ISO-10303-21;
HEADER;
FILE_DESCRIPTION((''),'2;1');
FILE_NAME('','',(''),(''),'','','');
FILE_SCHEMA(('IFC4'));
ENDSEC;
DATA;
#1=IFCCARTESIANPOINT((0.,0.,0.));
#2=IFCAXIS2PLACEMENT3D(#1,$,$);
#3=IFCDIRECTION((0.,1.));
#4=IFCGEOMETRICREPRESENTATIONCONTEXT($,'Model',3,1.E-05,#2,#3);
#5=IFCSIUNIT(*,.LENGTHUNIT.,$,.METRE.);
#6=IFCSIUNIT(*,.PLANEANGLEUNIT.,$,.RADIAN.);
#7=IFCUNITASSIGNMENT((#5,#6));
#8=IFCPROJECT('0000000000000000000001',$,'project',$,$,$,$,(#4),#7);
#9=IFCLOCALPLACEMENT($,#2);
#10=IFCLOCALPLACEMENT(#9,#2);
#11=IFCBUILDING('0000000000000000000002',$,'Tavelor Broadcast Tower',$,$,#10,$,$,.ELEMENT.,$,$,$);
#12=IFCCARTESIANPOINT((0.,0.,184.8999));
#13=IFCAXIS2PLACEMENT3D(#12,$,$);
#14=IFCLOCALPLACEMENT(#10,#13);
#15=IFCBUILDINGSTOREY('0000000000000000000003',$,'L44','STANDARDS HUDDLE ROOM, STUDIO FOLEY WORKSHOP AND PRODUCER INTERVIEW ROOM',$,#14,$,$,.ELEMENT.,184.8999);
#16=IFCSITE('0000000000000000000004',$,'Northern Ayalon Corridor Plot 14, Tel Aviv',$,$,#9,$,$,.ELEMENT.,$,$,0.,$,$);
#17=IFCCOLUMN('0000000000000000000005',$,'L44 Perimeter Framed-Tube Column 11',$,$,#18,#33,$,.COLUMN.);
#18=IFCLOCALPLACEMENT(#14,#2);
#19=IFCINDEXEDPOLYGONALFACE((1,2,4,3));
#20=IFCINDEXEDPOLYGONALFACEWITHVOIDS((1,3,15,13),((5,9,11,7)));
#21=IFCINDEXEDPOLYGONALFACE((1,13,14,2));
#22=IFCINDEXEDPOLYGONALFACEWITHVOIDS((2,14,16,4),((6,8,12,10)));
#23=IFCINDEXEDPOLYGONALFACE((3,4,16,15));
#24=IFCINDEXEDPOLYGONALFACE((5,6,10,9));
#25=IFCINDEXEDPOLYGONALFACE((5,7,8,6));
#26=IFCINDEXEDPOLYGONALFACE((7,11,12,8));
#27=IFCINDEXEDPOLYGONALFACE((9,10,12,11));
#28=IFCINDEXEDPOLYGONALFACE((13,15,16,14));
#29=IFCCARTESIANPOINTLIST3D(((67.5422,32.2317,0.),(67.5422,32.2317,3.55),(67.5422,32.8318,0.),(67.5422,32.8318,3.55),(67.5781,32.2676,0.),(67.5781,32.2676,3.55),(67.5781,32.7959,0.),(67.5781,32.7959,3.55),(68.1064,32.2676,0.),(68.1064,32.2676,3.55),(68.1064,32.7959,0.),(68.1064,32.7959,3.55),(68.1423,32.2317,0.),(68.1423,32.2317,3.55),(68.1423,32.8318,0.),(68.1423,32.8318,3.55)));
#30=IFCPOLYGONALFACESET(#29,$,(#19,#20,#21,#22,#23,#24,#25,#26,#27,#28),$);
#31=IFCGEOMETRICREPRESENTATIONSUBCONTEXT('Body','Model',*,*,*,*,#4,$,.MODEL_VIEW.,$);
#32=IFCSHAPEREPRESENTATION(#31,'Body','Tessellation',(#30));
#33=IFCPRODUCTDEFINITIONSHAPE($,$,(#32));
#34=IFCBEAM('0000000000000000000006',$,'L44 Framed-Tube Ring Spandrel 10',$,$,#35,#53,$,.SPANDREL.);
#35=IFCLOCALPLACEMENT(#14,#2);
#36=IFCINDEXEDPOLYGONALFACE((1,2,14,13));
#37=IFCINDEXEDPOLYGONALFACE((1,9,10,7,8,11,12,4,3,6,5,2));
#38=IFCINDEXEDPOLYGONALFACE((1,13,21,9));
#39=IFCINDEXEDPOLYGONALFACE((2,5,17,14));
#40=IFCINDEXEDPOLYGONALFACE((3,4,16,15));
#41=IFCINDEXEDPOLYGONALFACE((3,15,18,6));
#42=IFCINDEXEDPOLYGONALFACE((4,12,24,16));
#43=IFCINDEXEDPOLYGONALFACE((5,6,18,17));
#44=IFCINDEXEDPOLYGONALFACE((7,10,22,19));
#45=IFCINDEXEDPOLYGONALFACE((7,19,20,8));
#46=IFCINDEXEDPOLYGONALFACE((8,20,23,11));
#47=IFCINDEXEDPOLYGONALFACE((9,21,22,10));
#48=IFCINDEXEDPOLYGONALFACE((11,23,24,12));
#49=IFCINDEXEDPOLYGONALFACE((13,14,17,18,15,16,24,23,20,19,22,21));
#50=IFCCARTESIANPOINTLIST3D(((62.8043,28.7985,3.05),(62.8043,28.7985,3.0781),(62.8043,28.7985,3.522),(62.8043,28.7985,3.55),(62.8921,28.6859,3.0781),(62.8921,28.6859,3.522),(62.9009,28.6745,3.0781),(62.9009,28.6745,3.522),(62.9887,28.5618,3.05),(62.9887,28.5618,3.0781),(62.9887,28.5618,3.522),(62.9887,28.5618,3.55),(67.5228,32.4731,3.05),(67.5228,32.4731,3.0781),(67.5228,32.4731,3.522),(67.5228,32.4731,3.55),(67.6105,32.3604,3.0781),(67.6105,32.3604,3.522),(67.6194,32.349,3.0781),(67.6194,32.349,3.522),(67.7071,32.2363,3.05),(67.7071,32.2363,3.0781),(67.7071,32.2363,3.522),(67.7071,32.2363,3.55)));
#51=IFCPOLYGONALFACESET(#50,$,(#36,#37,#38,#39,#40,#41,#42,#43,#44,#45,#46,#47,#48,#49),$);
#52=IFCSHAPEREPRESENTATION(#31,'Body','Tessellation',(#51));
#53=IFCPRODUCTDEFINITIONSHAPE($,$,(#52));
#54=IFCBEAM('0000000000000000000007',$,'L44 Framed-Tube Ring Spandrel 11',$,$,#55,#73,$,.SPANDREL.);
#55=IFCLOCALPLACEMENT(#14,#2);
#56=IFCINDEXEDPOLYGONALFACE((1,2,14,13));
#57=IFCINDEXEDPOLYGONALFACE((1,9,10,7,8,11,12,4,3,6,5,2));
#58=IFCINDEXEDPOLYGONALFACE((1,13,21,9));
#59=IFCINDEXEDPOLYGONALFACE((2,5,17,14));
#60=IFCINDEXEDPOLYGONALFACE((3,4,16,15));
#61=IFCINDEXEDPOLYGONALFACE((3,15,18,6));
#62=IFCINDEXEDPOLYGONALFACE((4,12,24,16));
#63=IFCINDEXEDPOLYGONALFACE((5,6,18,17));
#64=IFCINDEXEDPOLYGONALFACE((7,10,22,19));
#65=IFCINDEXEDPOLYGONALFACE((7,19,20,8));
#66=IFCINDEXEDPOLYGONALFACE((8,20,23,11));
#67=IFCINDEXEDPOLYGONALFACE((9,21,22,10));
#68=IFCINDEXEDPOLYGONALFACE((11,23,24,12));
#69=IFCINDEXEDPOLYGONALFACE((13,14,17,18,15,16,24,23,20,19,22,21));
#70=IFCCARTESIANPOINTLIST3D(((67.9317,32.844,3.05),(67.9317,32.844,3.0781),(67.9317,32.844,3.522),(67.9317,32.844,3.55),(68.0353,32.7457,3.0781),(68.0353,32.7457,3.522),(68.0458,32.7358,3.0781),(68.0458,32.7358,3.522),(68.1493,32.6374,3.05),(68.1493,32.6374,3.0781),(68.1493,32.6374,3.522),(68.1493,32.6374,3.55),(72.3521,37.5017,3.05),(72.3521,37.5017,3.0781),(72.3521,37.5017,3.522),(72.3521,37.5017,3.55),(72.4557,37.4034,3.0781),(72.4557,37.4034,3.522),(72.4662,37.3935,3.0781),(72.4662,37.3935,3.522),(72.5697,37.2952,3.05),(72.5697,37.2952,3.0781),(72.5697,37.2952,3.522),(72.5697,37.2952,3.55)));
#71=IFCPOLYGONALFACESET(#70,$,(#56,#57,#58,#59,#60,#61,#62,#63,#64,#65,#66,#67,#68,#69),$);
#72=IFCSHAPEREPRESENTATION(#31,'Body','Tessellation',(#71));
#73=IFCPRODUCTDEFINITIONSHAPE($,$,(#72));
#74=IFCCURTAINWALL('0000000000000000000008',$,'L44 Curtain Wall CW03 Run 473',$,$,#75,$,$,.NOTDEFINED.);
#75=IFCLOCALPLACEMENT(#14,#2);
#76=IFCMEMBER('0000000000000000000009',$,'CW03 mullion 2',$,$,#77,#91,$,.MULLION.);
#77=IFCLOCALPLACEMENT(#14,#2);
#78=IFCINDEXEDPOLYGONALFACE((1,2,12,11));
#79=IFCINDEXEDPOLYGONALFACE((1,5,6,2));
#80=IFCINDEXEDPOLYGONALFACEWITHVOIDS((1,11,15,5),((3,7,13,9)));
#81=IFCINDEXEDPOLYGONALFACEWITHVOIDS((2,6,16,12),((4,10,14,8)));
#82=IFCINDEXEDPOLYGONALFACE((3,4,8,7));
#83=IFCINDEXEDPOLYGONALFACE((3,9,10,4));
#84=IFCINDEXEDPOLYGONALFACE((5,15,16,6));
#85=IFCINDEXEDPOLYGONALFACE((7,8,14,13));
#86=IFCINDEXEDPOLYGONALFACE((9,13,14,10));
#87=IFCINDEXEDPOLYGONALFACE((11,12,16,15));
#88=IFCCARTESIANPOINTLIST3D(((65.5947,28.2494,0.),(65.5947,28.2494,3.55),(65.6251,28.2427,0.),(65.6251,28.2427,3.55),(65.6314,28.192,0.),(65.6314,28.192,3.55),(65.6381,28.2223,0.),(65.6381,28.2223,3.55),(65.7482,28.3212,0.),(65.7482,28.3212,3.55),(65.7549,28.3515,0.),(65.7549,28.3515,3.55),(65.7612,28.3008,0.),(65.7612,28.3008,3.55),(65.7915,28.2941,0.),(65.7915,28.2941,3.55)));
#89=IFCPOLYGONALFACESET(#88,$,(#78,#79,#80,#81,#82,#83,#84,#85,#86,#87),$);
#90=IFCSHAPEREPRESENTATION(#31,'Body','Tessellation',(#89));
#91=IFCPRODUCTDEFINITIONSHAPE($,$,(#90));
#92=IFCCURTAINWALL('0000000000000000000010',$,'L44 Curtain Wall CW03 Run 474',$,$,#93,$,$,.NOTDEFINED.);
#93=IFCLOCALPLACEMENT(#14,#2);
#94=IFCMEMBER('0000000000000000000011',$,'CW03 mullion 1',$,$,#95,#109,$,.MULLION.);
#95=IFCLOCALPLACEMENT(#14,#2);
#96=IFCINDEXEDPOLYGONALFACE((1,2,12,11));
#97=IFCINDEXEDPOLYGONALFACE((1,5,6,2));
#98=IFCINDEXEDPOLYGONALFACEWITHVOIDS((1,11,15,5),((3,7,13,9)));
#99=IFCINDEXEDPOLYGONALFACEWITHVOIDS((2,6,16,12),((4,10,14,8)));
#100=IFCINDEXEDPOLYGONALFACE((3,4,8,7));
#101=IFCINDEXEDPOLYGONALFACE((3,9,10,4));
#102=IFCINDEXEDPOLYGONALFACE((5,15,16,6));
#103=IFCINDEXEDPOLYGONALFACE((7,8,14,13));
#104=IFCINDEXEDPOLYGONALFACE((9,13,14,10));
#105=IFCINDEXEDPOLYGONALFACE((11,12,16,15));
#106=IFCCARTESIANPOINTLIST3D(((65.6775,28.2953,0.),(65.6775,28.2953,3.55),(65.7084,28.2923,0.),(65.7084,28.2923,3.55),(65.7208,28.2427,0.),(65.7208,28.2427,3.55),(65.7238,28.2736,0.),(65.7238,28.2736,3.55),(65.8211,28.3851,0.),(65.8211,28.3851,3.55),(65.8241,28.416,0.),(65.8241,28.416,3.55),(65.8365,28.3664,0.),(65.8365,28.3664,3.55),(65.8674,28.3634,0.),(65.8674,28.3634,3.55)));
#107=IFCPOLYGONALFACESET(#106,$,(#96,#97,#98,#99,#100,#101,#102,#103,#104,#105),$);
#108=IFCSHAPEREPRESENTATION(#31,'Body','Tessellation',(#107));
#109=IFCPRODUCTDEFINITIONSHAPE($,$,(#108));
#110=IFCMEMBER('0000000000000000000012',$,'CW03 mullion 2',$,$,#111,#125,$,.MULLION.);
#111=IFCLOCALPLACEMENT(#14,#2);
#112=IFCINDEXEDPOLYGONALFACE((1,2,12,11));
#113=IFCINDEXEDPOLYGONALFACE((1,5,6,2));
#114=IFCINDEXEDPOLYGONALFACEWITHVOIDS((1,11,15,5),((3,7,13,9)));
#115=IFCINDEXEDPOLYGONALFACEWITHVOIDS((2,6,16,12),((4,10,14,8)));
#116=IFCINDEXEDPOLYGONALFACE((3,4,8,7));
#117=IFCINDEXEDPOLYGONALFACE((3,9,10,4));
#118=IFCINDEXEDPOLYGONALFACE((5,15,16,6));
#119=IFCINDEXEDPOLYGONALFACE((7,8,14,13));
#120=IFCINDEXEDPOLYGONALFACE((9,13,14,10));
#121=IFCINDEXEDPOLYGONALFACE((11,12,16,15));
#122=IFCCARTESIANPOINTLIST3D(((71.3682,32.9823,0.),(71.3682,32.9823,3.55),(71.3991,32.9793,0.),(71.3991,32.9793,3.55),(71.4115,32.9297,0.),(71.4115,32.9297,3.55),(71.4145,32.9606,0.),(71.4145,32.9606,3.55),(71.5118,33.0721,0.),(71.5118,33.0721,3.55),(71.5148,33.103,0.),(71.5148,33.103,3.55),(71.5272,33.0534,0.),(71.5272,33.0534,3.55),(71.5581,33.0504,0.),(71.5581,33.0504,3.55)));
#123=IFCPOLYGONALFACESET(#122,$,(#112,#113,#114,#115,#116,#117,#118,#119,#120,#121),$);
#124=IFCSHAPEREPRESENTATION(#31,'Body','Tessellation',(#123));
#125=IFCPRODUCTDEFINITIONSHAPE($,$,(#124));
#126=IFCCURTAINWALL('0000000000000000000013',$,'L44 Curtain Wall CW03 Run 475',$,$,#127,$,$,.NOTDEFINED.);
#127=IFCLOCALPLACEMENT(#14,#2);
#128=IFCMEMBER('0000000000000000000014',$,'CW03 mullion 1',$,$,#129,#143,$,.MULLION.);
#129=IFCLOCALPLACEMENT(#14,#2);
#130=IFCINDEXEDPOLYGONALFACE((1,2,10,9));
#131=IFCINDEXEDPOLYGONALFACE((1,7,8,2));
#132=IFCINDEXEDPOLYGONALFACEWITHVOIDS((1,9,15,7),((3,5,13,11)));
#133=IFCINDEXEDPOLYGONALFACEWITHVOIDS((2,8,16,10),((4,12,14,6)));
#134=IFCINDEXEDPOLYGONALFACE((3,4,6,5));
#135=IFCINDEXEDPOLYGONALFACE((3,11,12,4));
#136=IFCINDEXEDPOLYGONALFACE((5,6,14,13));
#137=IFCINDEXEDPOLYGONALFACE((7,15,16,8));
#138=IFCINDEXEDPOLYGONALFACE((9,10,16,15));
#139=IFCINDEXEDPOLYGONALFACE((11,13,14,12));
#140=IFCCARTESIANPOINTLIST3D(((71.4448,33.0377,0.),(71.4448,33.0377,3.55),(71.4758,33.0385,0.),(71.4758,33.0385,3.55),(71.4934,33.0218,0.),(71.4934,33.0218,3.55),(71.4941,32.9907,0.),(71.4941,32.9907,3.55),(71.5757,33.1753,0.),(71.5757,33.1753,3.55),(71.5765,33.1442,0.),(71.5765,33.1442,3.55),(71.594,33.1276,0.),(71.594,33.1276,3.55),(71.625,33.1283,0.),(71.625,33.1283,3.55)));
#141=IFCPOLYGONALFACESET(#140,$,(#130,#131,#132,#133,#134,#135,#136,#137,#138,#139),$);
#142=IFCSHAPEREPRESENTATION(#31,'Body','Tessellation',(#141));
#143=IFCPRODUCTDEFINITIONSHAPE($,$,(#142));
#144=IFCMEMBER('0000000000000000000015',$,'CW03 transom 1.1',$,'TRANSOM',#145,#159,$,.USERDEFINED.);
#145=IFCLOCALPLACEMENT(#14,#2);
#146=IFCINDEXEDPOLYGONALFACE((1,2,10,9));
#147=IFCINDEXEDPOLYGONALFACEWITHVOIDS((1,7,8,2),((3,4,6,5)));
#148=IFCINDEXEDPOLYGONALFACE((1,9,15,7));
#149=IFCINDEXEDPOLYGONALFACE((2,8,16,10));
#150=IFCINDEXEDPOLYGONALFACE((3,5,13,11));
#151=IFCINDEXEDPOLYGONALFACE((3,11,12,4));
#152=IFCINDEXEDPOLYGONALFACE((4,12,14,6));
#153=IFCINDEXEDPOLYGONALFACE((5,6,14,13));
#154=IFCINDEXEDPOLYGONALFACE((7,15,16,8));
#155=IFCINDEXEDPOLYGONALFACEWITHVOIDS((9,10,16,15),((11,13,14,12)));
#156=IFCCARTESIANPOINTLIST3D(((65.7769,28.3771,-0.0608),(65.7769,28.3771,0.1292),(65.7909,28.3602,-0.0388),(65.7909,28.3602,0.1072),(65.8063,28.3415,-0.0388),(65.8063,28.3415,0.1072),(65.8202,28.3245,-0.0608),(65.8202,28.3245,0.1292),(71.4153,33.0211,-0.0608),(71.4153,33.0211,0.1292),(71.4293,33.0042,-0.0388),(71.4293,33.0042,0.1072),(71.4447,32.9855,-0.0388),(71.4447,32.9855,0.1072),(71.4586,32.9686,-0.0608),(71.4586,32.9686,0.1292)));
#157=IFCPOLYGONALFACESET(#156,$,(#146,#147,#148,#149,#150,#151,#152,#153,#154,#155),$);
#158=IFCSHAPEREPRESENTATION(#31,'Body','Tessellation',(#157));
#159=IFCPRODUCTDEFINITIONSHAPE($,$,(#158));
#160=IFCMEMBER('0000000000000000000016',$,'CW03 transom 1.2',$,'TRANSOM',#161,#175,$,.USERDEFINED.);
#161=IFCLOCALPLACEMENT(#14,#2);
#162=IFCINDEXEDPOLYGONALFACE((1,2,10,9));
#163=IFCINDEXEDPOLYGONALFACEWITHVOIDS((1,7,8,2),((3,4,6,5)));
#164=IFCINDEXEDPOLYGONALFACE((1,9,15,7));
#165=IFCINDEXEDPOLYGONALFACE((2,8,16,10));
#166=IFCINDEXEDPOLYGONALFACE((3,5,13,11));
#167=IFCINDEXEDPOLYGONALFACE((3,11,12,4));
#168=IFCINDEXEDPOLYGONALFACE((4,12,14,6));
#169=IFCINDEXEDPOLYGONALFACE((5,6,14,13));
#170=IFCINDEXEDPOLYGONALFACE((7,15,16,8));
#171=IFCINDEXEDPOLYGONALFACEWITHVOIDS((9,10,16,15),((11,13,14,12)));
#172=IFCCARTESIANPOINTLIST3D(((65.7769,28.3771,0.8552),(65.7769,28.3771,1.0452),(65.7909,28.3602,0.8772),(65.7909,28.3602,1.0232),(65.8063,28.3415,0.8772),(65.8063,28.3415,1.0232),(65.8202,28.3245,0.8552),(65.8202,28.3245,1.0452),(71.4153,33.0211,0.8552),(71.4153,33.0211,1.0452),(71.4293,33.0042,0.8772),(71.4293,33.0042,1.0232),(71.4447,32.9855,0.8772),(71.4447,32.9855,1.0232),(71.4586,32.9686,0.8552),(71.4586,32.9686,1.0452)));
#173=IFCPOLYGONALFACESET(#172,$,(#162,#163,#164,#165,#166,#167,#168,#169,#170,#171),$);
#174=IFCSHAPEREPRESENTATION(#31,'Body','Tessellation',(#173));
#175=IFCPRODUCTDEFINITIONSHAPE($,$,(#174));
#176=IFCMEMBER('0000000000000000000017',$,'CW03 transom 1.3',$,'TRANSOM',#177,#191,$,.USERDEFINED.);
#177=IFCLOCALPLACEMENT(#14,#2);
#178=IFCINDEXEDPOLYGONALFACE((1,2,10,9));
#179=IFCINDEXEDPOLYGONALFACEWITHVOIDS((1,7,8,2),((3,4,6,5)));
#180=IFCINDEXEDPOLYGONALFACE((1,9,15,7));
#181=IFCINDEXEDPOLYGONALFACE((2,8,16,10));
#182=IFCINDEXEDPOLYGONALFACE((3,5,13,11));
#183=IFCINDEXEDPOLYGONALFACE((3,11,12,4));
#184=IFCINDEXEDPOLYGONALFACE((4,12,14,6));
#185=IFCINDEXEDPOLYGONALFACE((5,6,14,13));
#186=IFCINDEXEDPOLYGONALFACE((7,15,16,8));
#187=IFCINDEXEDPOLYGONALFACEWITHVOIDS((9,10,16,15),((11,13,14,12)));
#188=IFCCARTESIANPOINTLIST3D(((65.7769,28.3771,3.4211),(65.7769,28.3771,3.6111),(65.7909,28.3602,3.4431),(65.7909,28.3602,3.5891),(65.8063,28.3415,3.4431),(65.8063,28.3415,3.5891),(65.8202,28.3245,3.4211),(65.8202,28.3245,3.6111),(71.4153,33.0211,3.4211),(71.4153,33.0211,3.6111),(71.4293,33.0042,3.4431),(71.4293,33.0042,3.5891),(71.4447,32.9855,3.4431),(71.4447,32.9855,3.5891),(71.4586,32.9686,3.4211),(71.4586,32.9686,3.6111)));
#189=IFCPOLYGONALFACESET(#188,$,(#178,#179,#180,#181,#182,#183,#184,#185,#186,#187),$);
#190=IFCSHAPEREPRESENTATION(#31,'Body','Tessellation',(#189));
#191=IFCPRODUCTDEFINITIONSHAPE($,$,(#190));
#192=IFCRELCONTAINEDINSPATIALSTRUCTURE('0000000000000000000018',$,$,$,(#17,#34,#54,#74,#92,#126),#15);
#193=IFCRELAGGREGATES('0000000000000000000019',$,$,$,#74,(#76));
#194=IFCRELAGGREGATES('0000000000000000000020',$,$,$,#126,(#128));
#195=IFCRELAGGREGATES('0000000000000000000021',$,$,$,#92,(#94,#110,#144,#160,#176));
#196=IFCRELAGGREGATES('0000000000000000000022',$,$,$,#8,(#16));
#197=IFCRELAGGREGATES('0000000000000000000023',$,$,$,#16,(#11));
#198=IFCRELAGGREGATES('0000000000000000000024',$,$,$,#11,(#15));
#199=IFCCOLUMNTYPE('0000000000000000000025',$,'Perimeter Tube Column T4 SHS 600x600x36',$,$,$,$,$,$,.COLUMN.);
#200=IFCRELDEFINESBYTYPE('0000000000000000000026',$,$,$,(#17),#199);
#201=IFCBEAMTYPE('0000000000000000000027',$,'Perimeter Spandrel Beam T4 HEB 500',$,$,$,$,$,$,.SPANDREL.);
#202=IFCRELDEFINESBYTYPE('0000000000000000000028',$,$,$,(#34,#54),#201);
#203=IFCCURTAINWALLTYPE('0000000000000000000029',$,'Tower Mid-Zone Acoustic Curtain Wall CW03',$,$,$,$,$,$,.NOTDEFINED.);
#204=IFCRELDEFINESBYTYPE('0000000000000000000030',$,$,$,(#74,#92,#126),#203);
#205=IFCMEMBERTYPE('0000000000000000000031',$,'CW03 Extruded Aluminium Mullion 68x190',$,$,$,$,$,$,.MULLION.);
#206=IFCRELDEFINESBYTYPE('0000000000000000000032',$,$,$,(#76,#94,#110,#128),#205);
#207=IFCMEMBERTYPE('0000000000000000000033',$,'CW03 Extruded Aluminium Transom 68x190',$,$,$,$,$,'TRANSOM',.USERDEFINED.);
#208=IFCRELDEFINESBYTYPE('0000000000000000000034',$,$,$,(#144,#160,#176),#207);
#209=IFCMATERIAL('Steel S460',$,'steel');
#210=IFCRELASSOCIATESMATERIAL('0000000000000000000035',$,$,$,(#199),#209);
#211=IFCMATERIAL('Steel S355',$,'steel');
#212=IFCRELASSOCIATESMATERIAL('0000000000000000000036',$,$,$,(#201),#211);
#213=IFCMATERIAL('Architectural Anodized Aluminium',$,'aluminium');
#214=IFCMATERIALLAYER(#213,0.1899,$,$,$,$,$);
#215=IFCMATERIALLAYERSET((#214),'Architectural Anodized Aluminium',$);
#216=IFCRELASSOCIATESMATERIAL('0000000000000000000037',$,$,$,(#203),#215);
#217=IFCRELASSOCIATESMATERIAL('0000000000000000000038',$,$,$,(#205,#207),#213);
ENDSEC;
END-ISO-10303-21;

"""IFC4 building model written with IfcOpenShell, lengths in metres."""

from ifc_helpers import new_model, si_unit, direction, frame, origin, origin_2d, place, context, subcontext, project, spatial, hollow_rectangle, i_section, extrude, source, transform, mapped, material, layer, layer_set, material_profile, profile_set, type_object, type_shapes, element, aggregate, save


model = new_model("IFC4")

# Units and contexts
model_context = context("Model", 3, precision=1e-05, world=origin(), true_north=direction((0.0, 1.0)))
body_context = subcontext(model_context, "Body", "Model", "MODEL_VIEW")
ifc_project = project(units=[si_unit("LENGTHUNIT", "METRE"), si_unit("PLANEANGLEUNIT", "RADIAN")], contexts=[model_context])

# Site, building, storey
site_placement = place(None, origin())
site = spatial("IfcSite", under=ifc_project, at=site_placement, Name="Northern Ayalon Corridor Plot 14, Tel Aviv", CompositionType="ELEMENT", RefElevation=0.0)
building_placement = place(site_placement, origin())
building = spatial("IfcBuilding", under=site, at=building_placement, Name="Tavelor Broadcast Tower", CompositionType="ELEMENT")
storey_placement = place(building_placement, frame((0.0, 0.0, 184.8999)))
storey = spatial("IfcBuildingStorey", under=building, at=storey_placement, Name="L44", Description="STANDARDS HUDDLE ROOM, STUDIO FOLEY WORKSHOP AND PRODUCER INTERVIEW ROOM", CompositionType="ELEMENT", Elevation=184.8999)

# Column
ifc_material_1 = material(Name="Steel S460", Category="steel")
ifc_material_profile_1 = material_profile(ifc_material_1, hollow_rectangle(XDim=0.6001, YDim=0.6001, WallThickness=0.0359, at=origin_2d()), Name="SHS 600x600x36")
ifc_profile_set_1 = profile_set([ifc_material_profile_1], Name="Steel S460")
column_type = type_object("IfcColumnType", Name="Perimeter Tube Column T4 SHS 600x600x36", PredefinedType="COLUMN", material=ifc_profile_set_1)
column_placement = place(storey_placement, frame((67.8423, 32.5317, 0.0), z_axis=(0.0, 0.0, 1.0), x_axis=(1.0, 0.0, 0.0)))
element("IfcColumn", 1, at=column_placement, inside=storey, type_object=column_type, Name="L44 Perimeter Framed-Tube Column 11", PredefinedType="COLUMN", context=body_context, shape_type="SweptSolid", body=[
    extrude(hollow_rectangle(XDim=0.6001, YDim=0.6001, WallThickness=0.0359, at=origin_2d()), origin(), (0.0, 0.0, 1.0), 3.55),
])

# Beams
ifc_material_2 = material(Name="Steel S355", Category="steel")
ifc_material_profile_2 = material_profile(ifc_material_2, i_section(OverallWidth=0.3, OverallDepth=0.5, WebThickness=0.0144, FlangeThickness=0.0281, at=origin_2d()), Name="HEB 500")
ifc_profile_set_2 = profile_set([ifc_material_profile_2], Name="Steel S355")
beam_type = type_object("IfcBeamType", Name="Perimeter Spandrel Beam T4 HEB 500", PredefinedType="SPANDREL", material=ifc_profile_set_2)
beam_1_placement = place(storey_placement, frame((62.8965, 28.6802, 3.3), z_axis=(0.788978, 0.614421, 0.0), x_axis=(-0.614421, 0.788978, 0.0)))
element("IfcBeam", 2, at=beam_1_placement, inside=storey, type_object=beam_type, Name="L44 Framed-Tube Ring Spandrel 10", PredefinedType="SPANDREL", context=body_context, shape_type="SweptSolid", body=[
    extrude(i_section(OverallWidth=0.3, OverallDepth=0.5, WebThickness=0.0144, FlangeThickness=0.0281, at=origin_2d()), origin(), (0.0, 0.0, 1.0), 5.9805),
])
beam_2_placement = place(storey_placement, frame((68.0405, 32.7407, 3.3), z_axis=(0.688388, 0.725343, 0.0), x_axis=(-0.725343, 0.688388, 0.0)))
element("IfcBeam", 3, at=beam_2_placement, inside=storey, type_object=beam_type, Name="L44 Framed-Tube Ring Spandrel 11", PredefinedType="SPANDREL", context=body_context, shape_type="SweptSolid", body=[
    extrude(i_section(OverallWidth=0.3, OverallDepth=0.5, WebThickness=0.0144, FlangeThickness=0.0281, at=origin_2d()), origin(), (0.0, 0.0, 1.0), 6.4214),
])

# Curtain wall, member
ifc_material_3 = material(Name="Architectural Anodized Aluminium", Category="aluminium")
ifc_layer_1 = layer(ifc_material_3, 0.1899)
ifc_layer_set_1 = layer_set([ifc_layer_1], Name="Architectural Anodized Aluminium")
curtain_wall_type = type_object("IfcCurtainWallType", Name="Tower Mid-Zone Acoustic Curtain Wall CW03", PredefinedType="NOTDEFINED", material=ifc_layer_set_1)
curtain_wall_1_placement = place(storey_placement, origin())
curtain_wall_1 = element("IfcCurtainWall", 4, at=curtain_wall_1_placement, inside=storey, type_object=curtain_wall_type, Name="L44 Curtain Wall CW03 Run 473", PredefinedType="NOTDEFINED")
ifc_material_profile_3 = material_profile(ifc_material_3, hollow_rectangle(XDim=0.0681, YDim=0.1899, WallThickness=0.022, at=origin_2d()), Name="RHS 68x190x22")
ifc_profile_set_3 = profile_set([ifc_material_profile_3], Name="Architectural Anodized Aluminium")
member_type_1 = type_object("IfcMemberType", Name="CW03 Extruded Aluminium Mullion 68x190", PredefinedType="MULLION", material=ifc_profile_set_3)
shared_shape_1 = source(origin(), body_context, "Body", "SweptSolid", [
    extrude(hollow_rectangle(XDim=0.0681, YDim=0.1899, WallThickness=0.022, at=origin_2d()), origin(), (0.0, 0.0, 1.0), 3.55),
])
type_shapes(member_type_1, [shared_shape_1])
member_1_placement = place(storey_placement, frame((65.6931, 28.2717, 0.0), z_axis=(0.0, 0.0, 1.0), x_axis=(-0.537657, 0.843164, 0.0)))
member_1 = element("IfcMember", 5, at=member_1_placement, type_object=member_type_1, Name="CW03 mullion 2", PredefinedType="MULLION", context=body_context, shape_type="MappedRepresentation", body=[
    mapped(shared_shape_1, transform((0.0, 0.0, 0.0), scale=1.0)),
])
aggregate(curtain_wall_1, [member_1])

# Curtain wall, members
curtain_wall_2_placement = place(storey_placement, origin())
curtain_wall_2 = element("IfcCurtainWall", 6, at=curtain_wall_2_placement, inside=storey, type_object=curtain_wall_type, Name="L44 Curtain Wall CW03 Run 474", PredefinedType="NOTDEFINED")
member_2_placement = place(storey_placement, frame((65.7725, 28.3293, 0.0), z_axis=(0.0, 0.0, 1.0), x_axis=(-0.635743, 0.771901, 0.0)))
member_2 = element("IfcMember", 7, at=member_2_placement, type_object=member_type_1, Name="CW03 mullion 1", PredefinedType="MULLION", context=body_context, shape_type="MappedRepresentation", body=[
    mapped(shared_shape_1, transform((0.0, 0.0, 0.0), scale=1.0)),
])
member_3_placement = place(storey_placement, frame((71.4631, 33.0164, 0.0), z_axis=(0.0, 0.0, 1.0), x_axis=(-0.635743, 0.771901, 0.0)))
member_3 = element("IfcMember", 8, at=member_3_placement, type_object=member_type_1, Name="CW03 mullion 2", PredefinedType="MULLION", context=body_context, shape_type="MappedRepresentation", body=[
    mapped(shared_shape_1, transform((0.0, 0.0, 0.0), scale=1.0)),
])

# Curtain wall, member
curtain_wall_3_placement = place(storey_placement, origin())
curtain_wall_3 = element("IfcCurtainWall", 9, at=curtain_wall_3_placement, inside=storey, type_object=curtain_wall_type, Name="L44 Curtain Wall CW03 Run 475", PredefinedType="NOTDEFINED")
member_4_placement = place(storey_placement, frame((71.5349, 33.083, 0.0), z_axis=(0.0, 0.0, 1.0), x_axis=(-0.724487, 0.689288, 0.0)))
member_4 = element("IfcMember", 10, at=member_4_placement, type_object=member_type_1, Name="CW03 mullion 1", PredefinedType="MULLION", context=body_context, shape_type="MappedRepresentation", body=[
    mapped(shared_shape_1, transform((0.0, 0.0, 0.0), scale=1.0)),
])

# Members
ifc_material_profile_4 = material_profile(ifc_material_3, hollow_rectangle(XDim=0.0681, YDim=0.1899, WallThickness=0.022, at=origin_2d()), Name="RHS 68x190x22")
ifc_profile_set_4 = profile_set([ifc_material_profile_4], Name="Architectural Anodized Aluminium")
member_type_2 = type_object("IfcMemberType", Name="CW03 Extruded Aluminium Transom 68x190", ElementType="TRANSOM", PredefinedType="USERDEFINED", material=ifc_profile_set_4)
shared_shape_2 = source(origin(), body_context, "Body", "SweptSolid", [
    extrude(hollow_rectangle(XDim=0.0681, YDim=0.1899, WallThickness=0.022, at=origin_2d()), origin(), (0.0, 0.0, 1.0), 7.3047),
])
member_5_placement = place(storey_placement, frame((65.7986, 28.3508, 0.0342), z_axis=(0.771888, 0.635759, 0.0), x_axis=(-0.635759, 0.771888, 0.0)))
member_5 = element("IfcMember", 11, at=member_5_placement, type_object=member_type_2, Name="CW03 transom 1.1", ObjectType="TRANSOM", PredefinedType="USERDEFINED", context=body_context, shape_type="MappedRepresentation", body=[
    mapped(shared_shape_2, transform((0.0, 0.0, 0.0), scale=1.0)),
])
member_6_placement = place(storey_placement, frame((65.7986, 28.3508, 0.9502), z_axis=(0.771888, 0.635759, 0.0), x_axis=(-0.635759, 0.771888, 0.0)))
member_6 = element("IfcMember", 12, at=member_6_placement, type_object=member_type_2, Name="CW03 transom 1.2", ObjectType="TRANSOM", PredefinedType="USERDEFINED", context=body_context, shape_type="MappedRepresentation", body=[
    mapped(shared_shape_2, transform((0.0, 0.0, 0.0), scale=1.0)),
])
member_7_placement = place(storey_placement, frame((65.7986, 28.3508, 3.5161), z_axis=(0.771888, 0.635759, 0.0), x_axis=(-0.635759, 0.771888, 0.0)))
member_7 = element("IfcMember", 13, at=member_7_placement, type_object=member_type_2, Name="CW03 transom 1.3", ObjectType="TRANSOM", PredefinedType="USERDEFINED", context=body_context, shape_type="MappedRepresentation", body=[
    mapped(shared_shape_2, transform((0.0, 0.0, 0.0), scale=1.0)),
])
aggregate(curtain_wall_3, [member_4])

aggregate(curtain_wall_2, [member_2, member_3, member_5, member_6, member_7])

save(model, "model.ifc")
